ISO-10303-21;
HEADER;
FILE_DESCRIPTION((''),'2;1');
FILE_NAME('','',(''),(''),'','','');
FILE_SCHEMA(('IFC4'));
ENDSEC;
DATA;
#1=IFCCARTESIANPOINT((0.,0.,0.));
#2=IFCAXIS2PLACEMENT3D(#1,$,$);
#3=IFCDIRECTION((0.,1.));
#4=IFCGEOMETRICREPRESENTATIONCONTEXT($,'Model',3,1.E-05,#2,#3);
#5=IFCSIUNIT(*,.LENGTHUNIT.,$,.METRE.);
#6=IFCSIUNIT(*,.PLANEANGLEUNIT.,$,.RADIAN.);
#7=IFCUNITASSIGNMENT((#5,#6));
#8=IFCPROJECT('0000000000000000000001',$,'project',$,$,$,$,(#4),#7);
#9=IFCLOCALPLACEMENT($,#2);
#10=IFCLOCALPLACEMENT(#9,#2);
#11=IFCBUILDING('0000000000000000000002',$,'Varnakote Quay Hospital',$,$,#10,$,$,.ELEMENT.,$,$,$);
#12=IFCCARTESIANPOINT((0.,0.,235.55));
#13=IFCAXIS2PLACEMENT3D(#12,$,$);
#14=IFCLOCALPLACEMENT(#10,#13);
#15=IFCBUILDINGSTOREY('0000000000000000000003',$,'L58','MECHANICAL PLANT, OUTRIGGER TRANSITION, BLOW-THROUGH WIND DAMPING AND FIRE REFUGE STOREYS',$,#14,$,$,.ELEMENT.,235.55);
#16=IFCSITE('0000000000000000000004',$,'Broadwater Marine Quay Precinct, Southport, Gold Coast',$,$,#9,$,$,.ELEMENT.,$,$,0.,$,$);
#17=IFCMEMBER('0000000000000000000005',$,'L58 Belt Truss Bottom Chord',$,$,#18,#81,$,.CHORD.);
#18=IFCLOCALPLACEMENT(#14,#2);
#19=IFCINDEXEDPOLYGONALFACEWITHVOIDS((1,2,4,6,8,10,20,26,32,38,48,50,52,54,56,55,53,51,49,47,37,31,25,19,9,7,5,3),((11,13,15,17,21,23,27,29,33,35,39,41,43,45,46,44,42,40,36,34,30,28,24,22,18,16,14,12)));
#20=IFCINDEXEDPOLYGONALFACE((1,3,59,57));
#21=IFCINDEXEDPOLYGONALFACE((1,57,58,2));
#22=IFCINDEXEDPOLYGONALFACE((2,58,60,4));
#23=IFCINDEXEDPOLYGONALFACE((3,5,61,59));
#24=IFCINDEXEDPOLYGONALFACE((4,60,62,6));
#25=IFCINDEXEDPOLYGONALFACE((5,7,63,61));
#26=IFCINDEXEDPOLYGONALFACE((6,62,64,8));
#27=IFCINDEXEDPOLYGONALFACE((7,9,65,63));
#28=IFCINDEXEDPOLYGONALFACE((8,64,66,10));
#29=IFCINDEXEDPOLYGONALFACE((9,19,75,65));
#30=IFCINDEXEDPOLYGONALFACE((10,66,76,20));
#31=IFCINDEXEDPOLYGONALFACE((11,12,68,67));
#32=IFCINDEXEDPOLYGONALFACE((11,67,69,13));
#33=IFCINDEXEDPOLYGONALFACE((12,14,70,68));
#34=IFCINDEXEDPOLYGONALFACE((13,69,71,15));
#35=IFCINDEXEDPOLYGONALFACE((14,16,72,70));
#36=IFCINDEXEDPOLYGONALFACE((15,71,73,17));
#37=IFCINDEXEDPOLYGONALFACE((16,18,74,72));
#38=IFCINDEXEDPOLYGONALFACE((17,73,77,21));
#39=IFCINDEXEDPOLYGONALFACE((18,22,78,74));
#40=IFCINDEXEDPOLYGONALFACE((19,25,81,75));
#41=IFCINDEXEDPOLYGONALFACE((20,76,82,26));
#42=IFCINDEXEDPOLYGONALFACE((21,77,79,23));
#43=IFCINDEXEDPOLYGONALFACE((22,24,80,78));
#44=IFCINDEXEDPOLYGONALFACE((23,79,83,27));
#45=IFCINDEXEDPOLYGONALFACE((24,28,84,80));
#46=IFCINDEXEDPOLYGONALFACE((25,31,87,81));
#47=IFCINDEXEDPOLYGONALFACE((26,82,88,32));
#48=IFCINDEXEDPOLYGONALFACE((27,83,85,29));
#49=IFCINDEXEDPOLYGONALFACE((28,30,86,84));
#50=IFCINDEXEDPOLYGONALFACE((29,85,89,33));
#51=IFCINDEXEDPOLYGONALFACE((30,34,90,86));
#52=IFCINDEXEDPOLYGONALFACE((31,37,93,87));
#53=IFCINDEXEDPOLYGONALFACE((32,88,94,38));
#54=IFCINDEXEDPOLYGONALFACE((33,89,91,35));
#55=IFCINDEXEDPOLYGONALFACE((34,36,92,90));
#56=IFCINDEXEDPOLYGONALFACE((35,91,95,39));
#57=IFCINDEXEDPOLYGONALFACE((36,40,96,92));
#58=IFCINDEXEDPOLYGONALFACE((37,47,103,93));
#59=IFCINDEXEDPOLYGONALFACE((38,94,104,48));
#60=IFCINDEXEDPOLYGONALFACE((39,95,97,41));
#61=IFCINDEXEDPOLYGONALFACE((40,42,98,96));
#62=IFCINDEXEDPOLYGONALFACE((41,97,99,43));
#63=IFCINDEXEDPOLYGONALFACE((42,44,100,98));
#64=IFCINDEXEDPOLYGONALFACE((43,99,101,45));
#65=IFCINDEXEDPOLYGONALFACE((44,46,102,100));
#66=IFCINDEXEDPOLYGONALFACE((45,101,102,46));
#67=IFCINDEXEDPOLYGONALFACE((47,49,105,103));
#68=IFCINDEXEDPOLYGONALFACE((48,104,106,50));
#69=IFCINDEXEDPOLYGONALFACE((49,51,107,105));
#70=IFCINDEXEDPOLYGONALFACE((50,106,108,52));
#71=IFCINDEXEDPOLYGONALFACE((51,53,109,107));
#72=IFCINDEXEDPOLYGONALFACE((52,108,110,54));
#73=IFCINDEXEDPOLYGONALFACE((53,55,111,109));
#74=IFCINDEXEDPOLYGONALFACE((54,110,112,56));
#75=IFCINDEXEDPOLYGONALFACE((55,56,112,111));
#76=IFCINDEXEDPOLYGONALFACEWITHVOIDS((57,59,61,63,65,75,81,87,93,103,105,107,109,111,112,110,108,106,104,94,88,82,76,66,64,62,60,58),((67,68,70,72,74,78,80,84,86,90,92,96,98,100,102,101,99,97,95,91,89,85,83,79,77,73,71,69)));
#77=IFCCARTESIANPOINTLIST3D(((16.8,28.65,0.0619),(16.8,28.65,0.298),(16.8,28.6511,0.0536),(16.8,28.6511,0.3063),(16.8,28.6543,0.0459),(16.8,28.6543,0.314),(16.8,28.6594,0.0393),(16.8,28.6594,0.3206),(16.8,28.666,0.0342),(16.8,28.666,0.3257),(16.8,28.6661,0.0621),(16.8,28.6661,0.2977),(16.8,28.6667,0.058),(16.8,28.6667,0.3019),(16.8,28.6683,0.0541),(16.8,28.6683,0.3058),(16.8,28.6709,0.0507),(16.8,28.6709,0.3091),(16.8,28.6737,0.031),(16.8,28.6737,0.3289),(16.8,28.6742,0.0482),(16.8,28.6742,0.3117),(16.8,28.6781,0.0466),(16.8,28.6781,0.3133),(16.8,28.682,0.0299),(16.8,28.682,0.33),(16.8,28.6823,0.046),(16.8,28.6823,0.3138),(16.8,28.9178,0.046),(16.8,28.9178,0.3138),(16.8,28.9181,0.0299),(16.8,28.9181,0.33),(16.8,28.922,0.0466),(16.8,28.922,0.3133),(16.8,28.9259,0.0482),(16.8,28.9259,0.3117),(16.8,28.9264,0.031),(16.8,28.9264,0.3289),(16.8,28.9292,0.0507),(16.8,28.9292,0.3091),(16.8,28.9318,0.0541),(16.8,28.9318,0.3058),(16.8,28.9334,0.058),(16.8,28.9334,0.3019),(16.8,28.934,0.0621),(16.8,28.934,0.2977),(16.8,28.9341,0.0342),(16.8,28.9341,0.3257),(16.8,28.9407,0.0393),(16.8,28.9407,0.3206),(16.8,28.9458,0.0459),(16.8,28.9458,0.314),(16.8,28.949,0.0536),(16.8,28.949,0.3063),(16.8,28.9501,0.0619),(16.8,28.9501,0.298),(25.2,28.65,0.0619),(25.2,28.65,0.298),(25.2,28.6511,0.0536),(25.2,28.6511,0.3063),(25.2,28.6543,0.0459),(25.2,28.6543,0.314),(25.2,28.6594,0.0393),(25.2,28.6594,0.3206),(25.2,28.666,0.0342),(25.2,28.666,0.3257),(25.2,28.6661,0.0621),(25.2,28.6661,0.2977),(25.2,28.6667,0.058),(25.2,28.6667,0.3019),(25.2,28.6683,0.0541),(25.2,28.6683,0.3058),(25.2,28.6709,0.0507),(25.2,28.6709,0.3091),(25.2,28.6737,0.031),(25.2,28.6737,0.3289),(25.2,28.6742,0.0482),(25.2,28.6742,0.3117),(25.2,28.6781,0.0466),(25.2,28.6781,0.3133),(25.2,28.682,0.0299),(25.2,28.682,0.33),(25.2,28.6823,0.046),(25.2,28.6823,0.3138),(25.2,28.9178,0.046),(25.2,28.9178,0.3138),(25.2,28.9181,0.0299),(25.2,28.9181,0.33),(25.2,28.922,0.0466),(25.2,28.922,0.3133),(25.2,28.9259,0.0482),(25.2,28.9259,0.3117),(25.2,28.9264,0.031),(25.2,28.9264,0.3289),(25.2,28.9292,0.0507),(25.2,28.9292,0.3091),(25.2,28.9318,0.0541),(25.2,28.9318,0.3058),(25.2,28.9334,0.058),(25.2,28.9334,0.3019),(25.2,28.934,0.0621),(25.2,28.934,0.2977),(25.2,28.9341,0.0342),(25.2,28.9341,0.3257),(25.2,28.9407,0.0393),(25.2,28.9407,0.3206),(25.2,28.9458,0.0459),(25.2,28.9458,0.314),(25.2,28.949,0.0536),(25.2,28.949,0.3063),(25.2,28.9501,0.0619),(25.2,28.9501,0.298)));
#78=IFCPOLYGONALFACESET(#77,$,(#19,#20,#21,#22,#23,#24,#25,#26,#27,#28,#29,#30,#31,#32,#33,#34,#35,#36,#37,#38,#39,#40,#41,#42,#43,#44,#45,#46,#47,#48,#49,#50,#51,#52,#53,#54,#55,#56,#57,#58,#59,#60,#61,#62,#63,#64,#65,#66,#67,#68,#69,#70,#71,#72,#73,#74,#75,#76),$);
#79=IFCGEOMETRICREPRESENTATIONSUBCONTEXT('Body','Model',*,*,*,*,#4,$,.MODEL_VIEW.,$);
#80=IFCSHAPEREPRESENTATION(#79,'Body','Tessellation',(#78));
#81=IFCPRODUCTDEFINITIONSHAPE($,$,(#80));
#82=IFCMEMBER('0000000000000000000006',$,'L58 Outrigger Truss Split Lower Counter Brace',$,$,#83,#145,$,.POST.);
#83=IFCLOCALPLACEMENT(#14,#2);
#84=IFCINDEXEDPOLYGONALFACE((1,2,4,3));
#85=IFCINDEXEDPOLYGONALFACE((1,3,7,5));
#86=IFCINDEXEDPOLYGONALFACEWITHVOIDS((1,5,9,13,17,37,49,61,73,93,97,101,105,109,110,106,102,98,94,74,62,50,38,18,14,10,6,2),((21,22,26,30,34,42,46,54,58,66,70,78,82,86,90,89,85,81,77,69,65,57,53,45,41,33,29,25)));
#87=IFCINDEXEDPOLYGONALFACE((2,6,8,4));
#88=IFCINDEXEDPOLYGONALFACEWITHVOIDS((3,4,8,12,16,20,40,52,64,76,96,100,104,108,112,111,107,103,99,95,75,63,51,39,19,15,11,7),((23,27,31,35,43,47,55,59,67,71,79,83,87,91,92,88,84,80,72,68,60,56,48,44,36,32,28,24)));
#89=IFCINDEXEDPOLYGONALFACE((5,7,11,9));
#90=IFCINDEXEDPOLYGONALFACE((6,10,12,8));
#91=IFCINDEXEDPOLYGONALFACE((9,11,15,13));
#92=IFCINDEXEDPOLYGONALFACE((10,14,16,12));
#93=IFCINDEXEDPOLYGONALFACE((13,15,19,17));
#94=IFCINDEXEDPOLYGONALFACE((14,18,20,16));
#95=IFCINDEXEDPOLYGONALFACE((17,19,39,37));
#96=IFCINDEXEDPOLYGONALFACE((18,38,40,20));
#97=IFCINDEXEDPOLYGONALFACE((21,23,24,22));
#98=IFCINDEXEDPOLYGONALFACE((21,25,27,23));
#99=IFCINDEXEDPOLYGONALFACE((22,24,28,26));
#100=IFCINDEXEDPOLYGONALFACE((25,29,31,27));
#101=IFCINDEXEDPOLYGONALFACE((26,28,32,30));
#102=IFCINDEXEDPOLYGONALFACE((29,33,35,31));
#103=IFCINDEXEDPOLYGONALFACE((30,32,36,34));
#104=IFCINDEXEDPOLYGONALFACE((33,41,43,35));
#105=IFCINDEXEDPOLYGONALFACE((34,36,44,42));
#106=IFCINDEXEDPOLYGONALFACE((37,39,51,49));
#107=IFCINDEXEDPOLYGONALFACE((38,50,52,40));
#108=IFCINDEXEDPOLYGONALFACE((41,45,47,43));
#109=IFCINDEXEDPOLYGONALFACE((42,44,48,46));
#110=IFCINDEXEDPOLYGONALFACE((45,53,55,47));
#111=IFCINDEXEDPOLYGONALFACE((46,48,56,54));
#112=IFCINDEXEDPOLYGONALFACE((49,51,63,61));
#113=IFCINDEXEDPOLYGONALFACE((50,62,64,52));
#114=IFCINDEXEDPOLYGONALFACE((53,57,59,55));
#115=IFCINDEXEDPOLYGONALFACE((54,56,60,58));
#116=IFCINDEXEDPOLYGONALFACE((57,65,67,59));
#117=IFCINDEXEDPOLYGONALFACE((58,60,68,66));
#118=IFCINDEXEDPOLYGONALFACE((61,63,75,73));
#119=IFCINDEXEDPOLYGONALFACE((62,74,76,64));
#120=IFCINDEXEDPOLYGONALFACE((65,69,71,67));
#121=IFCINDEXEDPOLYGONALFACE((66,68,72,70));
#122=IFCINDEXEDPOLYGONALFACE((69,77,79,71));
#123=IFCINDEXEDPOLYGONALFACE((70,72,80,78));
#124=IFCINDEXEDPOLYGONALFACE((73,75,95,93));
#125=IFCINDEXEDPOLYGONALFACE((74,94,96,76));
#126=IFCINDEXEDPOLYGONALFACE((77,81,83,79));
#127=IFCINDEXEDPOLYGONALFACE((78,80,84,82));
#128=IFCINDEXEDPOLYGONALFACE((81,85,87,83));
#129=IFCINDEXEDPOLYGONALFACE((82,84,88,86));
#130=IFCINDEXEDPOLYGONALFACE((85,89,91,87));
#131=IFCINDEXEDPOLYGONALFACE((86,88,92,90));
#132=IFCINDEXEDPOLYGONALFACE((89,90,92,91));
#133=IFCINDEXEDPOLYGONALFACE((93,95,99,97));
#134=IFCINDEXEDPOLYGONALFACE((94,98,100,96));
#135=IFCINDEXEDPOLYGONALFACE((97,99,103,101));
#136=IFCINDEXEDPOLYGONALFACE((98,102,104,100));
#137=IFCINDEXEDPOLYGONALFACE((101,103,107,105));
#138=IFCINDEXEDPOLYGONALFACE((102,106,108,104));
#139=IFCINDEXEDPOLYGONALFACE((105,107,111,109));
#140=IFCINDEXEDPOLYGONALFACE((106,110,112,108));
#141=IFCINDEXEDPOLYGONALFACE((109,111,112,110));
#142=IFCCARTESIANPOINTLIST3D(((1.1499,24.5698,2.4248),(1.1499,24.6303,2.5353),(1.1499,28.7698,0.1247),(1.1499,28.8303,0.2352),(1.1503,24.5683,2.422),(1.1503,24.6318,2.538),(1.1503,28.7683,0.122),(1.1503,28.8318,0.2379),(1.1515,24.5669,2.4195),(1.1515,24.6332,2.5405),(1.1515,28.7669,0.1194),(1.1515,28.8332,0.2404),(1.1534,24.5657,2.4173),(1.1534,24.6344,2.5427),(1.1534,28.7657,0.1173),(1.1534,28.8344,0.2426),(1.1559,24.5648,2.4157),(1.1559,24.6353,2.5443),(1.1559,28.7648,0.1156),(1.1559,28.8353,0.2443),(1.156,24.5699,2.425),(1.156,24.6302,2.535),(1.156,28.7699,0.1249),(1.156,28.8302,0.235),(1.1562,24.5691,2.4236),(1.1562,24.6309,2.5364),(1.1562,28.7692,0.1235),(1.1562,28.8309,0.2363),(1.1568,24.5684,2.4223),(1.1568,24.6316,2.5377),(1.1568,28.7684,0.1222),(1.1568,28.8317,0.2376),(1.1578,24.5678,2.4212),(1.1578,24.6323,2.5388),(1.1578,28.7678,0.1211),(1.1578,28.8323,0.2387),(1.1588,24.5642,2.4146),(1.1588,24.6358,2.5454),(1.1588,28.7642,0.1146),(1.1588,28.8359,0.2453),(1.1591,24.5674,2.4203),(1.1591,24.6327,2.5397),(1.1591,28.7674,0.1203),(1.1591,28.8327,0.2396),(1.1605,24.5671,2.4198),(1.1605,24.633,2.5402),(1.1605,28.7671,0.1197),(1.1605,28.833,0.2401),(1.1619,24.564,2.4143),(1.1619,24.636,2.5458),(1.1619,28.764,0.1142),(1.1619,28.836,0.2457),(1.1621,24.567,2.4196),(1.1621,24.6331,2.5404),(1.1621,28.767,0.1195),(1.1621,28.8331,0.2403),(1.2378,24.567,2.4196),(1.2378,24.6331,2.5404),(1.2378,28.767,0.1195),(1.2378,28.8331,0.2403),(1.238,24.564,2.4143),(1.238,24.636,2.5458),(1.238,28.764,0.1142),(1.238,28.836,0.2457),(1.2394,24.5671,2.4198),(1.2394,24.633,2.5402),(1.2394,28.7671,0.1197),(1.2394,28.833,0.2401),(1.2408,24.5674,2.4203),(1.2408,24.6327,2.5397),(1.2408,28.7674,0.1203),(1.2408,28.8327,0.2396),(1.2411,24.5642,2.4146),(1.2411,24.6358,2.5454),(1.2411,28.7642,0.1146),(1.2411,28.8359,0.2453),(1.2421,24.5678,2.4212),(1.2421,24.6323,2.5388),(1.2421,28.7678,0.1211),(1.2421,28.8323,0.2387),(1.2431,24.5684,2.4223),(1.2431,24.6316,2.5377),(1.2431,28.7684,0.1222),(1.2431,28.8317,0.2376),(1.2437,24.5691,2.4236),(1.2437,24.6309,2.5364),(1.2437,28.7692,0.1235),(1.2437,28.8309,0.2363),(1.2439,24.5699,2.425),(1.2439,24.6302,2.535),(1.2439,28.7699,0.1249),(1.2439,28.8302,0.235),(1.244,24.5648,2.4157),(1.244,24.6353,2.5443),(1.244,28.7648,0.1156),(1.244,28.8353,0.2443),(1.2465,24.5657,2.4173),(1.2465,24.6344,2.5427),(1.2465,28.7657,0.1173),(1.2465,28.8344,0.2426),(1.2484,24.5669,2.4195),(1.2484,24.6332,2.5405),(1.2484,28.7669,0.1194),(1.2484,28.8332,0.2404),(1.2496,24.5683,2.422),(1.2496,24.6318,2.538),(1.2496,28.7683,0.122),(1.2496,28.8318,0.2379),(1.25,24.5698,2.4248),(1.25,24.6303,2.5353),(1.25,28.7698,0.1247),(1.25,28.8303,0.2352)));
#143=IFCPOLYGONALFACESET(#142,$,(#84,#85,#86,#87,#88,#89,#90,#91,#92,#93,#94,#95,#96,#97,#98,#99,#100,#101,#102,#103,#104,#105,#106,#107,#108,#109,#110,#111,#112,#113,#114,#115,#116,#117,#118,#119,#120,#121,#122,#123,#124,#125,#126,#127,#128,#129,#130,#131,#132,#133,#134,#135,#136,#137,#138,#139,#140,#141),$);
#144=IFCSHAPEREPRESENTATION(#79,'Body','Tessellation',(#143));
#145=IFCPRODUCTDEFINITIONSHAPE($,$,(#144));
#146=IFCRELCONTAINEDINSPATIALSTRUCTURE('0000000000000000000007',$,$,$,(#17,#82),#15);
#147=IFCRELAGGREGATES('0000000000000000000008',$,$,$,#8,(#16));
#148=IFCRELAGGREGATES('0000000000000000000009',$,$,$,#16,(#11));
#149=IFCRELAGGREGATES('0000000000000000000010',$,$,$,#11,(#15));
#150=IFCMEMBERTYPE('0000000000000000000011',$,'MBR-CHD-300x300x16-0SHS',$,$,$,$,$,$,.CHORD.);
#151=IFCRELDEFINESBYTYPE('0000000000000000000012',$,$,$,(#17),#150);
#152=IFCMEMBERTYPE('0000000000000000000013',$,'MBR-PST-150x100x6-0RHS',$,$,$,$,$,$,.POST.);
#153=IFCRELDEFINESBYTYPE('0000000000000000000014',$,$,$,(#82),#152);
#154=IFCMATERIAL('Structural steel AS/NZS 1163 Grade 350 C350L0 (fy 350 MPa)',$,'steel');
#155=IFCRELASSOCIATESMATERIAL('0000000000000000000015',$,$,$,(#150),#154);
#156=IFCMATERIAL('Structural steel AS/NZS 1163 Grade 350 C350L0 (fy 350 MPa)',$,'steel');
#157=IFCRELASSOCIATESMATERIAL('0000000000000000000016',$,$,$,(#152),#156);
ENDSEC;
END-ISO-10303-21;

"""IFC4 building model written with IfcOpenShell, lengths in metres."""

from ifc_helpers import new_model, si_unit, direction, frame, origin, origin_2d, place, context, subcontext, project, spatial, hollow_rectangle, extrude, material, material_profile, profile_set, type_object, element, save


model = new_model("IFC4")

# Units and contexts
model_context = context("Model", 3, precision=1e-05, world=origin(), true_north=direction((0.0, 1.0)))
body_context = subcontext(model_context, "Body", "Model", "MODEL_VIEW")
ifc_project = project(units=[si_unit("LENGTHUNIT", "METRE"), si_unit("PLANEANGLEUNIT", "RADIAN")], contexts=[model_context])

# Site, building, storey
site_placement = place(None, origin())
site = spatial("IfcSite", under=ifc_project, at=site_placement, Name="Broadwater Marine Quay Precinct, Southport, Gold Coast", CompositionType="ELEMENT", RefElevation=0.0)
building_placement = place(site_placement, origin())
building = spatial("IfcBuilding", under=site, at=building_placement, Name="Varnakote Quay Hospital", CompositionType="ELEMENT")
storey_placement = place(building_placement, frame((0.0, 0.0, 235.55)))
storey = spatial("IfcBuildingStorey", under=building, at=storey_placement, Name="L58", Description="MECHANICAL PLANT, OUTRIGGER TRANSITION, BLOW-THROUGH WIND DAMPING AND FIRE REFUGE STOREYS", CompositionType="ELEMENT", Elevation=235.55)

# Members
ifc_material_1 = material(Name="Structural steel AS/NZS 1163 Grade 350 C350L0 (fy 350 MPa)", Category="steel")
ifc_material_profile_1 = material_profile(ifc_material_1, hollow_rectangle(XDim=0.3, YDim=0.3, WallThickness=0.0161, InnerFilletRadius=0.0161, OuterFilletRadius=0.032, at=origin_2d()), Name="300x300x16.0SHS")
ifc_profile_set_1 = profile_set([ifc_material_profile_1], Name="Structural steel AS/NZS 1163 Grade 350 C350L0 (fy 350 MPa)")
member_type_1 = type_object("IfcMemberType", Name="MBR-CHD-300x300x16-0SHS", PredefinedType="CHORD", material=ifc_profile_set_1)
member_1_placement = place(storey_placement, frame((16.8, 28.8, 0.1799), z_axis=(1.0, 0.0, 0.0), x_axis=(0.0, 1.0, 0.0)))
element("IfcMember", 1, at=member_1_placement, inside=storey, type_object=member_type_1, Name="L58 Belt Truss Bottom Chord", PredefinedType="CHORD", context=body_context, shape_type="SweptSolid", body=[
    extrude(hollow_rectangle(XDim=0.3, YDim=0.3, WallThickness=0.0161, InnerFilletRadius=0.0161, OuterFilletRadius=0.032, at=origin_2d()), origin(), (0.0, 0.0, 1.0), 8.3999),
])
ifc_material_2 = material(Name="Structural steel AS/NZS 1163 Grade 350 C350L0 (fy 350 MPa)", Category="steel")
ifc_material_profile_2 = material_profile(ifc_material_2, hollow_rectangle(XDim=0.1001, YDim=0.1499, WallThickness=0.0061, InnerFilletRadius=0.0061, OuterFilletRadius=0.012, at=origin_2d()), Name="150x100x6.0RHS")
ifc_profile_set_2 = profile_set([ifc_material_profile_2], Name="Structural steel AS/NZS 1163 Grade 350 C350L0 (fy 350 MPa)")
member_type_2 = type_object("IfcMemberType", Name="MBR-PST-150x100x6-0RHS", PredefinedType="POST", material=ifc_profile_set_2)
for number, where, z_axis, x_axis, name in (
    (2, (1.2, 28.8, 0.1799), (0.0, -0.87709, 0.480327), (1.0, 0.0, 0.0), "L58 Outrigger Truss Split Lower Counter Brace"),
):
    element("IfcMember", number, at=place(storey_placement, frame(where, z_axis=z_axis, x_axis=x_axis)), inside=storey, type_object=member_type_2, Name=name, PredefinedType="POST", context=body_context, shape_type="SweptSolid", body=[
        extrude(hollow_rectangle(XDim=0.1001, YDim=0.1499, WallThickness=0.0061, InnerFilletRadius=0.0061, OuterFilletRadius=0.012, at=origin_2d()), origin(), (0.0, 0.0, 1.0), 4.7886),
    ])

save(model, "model.ifc")
